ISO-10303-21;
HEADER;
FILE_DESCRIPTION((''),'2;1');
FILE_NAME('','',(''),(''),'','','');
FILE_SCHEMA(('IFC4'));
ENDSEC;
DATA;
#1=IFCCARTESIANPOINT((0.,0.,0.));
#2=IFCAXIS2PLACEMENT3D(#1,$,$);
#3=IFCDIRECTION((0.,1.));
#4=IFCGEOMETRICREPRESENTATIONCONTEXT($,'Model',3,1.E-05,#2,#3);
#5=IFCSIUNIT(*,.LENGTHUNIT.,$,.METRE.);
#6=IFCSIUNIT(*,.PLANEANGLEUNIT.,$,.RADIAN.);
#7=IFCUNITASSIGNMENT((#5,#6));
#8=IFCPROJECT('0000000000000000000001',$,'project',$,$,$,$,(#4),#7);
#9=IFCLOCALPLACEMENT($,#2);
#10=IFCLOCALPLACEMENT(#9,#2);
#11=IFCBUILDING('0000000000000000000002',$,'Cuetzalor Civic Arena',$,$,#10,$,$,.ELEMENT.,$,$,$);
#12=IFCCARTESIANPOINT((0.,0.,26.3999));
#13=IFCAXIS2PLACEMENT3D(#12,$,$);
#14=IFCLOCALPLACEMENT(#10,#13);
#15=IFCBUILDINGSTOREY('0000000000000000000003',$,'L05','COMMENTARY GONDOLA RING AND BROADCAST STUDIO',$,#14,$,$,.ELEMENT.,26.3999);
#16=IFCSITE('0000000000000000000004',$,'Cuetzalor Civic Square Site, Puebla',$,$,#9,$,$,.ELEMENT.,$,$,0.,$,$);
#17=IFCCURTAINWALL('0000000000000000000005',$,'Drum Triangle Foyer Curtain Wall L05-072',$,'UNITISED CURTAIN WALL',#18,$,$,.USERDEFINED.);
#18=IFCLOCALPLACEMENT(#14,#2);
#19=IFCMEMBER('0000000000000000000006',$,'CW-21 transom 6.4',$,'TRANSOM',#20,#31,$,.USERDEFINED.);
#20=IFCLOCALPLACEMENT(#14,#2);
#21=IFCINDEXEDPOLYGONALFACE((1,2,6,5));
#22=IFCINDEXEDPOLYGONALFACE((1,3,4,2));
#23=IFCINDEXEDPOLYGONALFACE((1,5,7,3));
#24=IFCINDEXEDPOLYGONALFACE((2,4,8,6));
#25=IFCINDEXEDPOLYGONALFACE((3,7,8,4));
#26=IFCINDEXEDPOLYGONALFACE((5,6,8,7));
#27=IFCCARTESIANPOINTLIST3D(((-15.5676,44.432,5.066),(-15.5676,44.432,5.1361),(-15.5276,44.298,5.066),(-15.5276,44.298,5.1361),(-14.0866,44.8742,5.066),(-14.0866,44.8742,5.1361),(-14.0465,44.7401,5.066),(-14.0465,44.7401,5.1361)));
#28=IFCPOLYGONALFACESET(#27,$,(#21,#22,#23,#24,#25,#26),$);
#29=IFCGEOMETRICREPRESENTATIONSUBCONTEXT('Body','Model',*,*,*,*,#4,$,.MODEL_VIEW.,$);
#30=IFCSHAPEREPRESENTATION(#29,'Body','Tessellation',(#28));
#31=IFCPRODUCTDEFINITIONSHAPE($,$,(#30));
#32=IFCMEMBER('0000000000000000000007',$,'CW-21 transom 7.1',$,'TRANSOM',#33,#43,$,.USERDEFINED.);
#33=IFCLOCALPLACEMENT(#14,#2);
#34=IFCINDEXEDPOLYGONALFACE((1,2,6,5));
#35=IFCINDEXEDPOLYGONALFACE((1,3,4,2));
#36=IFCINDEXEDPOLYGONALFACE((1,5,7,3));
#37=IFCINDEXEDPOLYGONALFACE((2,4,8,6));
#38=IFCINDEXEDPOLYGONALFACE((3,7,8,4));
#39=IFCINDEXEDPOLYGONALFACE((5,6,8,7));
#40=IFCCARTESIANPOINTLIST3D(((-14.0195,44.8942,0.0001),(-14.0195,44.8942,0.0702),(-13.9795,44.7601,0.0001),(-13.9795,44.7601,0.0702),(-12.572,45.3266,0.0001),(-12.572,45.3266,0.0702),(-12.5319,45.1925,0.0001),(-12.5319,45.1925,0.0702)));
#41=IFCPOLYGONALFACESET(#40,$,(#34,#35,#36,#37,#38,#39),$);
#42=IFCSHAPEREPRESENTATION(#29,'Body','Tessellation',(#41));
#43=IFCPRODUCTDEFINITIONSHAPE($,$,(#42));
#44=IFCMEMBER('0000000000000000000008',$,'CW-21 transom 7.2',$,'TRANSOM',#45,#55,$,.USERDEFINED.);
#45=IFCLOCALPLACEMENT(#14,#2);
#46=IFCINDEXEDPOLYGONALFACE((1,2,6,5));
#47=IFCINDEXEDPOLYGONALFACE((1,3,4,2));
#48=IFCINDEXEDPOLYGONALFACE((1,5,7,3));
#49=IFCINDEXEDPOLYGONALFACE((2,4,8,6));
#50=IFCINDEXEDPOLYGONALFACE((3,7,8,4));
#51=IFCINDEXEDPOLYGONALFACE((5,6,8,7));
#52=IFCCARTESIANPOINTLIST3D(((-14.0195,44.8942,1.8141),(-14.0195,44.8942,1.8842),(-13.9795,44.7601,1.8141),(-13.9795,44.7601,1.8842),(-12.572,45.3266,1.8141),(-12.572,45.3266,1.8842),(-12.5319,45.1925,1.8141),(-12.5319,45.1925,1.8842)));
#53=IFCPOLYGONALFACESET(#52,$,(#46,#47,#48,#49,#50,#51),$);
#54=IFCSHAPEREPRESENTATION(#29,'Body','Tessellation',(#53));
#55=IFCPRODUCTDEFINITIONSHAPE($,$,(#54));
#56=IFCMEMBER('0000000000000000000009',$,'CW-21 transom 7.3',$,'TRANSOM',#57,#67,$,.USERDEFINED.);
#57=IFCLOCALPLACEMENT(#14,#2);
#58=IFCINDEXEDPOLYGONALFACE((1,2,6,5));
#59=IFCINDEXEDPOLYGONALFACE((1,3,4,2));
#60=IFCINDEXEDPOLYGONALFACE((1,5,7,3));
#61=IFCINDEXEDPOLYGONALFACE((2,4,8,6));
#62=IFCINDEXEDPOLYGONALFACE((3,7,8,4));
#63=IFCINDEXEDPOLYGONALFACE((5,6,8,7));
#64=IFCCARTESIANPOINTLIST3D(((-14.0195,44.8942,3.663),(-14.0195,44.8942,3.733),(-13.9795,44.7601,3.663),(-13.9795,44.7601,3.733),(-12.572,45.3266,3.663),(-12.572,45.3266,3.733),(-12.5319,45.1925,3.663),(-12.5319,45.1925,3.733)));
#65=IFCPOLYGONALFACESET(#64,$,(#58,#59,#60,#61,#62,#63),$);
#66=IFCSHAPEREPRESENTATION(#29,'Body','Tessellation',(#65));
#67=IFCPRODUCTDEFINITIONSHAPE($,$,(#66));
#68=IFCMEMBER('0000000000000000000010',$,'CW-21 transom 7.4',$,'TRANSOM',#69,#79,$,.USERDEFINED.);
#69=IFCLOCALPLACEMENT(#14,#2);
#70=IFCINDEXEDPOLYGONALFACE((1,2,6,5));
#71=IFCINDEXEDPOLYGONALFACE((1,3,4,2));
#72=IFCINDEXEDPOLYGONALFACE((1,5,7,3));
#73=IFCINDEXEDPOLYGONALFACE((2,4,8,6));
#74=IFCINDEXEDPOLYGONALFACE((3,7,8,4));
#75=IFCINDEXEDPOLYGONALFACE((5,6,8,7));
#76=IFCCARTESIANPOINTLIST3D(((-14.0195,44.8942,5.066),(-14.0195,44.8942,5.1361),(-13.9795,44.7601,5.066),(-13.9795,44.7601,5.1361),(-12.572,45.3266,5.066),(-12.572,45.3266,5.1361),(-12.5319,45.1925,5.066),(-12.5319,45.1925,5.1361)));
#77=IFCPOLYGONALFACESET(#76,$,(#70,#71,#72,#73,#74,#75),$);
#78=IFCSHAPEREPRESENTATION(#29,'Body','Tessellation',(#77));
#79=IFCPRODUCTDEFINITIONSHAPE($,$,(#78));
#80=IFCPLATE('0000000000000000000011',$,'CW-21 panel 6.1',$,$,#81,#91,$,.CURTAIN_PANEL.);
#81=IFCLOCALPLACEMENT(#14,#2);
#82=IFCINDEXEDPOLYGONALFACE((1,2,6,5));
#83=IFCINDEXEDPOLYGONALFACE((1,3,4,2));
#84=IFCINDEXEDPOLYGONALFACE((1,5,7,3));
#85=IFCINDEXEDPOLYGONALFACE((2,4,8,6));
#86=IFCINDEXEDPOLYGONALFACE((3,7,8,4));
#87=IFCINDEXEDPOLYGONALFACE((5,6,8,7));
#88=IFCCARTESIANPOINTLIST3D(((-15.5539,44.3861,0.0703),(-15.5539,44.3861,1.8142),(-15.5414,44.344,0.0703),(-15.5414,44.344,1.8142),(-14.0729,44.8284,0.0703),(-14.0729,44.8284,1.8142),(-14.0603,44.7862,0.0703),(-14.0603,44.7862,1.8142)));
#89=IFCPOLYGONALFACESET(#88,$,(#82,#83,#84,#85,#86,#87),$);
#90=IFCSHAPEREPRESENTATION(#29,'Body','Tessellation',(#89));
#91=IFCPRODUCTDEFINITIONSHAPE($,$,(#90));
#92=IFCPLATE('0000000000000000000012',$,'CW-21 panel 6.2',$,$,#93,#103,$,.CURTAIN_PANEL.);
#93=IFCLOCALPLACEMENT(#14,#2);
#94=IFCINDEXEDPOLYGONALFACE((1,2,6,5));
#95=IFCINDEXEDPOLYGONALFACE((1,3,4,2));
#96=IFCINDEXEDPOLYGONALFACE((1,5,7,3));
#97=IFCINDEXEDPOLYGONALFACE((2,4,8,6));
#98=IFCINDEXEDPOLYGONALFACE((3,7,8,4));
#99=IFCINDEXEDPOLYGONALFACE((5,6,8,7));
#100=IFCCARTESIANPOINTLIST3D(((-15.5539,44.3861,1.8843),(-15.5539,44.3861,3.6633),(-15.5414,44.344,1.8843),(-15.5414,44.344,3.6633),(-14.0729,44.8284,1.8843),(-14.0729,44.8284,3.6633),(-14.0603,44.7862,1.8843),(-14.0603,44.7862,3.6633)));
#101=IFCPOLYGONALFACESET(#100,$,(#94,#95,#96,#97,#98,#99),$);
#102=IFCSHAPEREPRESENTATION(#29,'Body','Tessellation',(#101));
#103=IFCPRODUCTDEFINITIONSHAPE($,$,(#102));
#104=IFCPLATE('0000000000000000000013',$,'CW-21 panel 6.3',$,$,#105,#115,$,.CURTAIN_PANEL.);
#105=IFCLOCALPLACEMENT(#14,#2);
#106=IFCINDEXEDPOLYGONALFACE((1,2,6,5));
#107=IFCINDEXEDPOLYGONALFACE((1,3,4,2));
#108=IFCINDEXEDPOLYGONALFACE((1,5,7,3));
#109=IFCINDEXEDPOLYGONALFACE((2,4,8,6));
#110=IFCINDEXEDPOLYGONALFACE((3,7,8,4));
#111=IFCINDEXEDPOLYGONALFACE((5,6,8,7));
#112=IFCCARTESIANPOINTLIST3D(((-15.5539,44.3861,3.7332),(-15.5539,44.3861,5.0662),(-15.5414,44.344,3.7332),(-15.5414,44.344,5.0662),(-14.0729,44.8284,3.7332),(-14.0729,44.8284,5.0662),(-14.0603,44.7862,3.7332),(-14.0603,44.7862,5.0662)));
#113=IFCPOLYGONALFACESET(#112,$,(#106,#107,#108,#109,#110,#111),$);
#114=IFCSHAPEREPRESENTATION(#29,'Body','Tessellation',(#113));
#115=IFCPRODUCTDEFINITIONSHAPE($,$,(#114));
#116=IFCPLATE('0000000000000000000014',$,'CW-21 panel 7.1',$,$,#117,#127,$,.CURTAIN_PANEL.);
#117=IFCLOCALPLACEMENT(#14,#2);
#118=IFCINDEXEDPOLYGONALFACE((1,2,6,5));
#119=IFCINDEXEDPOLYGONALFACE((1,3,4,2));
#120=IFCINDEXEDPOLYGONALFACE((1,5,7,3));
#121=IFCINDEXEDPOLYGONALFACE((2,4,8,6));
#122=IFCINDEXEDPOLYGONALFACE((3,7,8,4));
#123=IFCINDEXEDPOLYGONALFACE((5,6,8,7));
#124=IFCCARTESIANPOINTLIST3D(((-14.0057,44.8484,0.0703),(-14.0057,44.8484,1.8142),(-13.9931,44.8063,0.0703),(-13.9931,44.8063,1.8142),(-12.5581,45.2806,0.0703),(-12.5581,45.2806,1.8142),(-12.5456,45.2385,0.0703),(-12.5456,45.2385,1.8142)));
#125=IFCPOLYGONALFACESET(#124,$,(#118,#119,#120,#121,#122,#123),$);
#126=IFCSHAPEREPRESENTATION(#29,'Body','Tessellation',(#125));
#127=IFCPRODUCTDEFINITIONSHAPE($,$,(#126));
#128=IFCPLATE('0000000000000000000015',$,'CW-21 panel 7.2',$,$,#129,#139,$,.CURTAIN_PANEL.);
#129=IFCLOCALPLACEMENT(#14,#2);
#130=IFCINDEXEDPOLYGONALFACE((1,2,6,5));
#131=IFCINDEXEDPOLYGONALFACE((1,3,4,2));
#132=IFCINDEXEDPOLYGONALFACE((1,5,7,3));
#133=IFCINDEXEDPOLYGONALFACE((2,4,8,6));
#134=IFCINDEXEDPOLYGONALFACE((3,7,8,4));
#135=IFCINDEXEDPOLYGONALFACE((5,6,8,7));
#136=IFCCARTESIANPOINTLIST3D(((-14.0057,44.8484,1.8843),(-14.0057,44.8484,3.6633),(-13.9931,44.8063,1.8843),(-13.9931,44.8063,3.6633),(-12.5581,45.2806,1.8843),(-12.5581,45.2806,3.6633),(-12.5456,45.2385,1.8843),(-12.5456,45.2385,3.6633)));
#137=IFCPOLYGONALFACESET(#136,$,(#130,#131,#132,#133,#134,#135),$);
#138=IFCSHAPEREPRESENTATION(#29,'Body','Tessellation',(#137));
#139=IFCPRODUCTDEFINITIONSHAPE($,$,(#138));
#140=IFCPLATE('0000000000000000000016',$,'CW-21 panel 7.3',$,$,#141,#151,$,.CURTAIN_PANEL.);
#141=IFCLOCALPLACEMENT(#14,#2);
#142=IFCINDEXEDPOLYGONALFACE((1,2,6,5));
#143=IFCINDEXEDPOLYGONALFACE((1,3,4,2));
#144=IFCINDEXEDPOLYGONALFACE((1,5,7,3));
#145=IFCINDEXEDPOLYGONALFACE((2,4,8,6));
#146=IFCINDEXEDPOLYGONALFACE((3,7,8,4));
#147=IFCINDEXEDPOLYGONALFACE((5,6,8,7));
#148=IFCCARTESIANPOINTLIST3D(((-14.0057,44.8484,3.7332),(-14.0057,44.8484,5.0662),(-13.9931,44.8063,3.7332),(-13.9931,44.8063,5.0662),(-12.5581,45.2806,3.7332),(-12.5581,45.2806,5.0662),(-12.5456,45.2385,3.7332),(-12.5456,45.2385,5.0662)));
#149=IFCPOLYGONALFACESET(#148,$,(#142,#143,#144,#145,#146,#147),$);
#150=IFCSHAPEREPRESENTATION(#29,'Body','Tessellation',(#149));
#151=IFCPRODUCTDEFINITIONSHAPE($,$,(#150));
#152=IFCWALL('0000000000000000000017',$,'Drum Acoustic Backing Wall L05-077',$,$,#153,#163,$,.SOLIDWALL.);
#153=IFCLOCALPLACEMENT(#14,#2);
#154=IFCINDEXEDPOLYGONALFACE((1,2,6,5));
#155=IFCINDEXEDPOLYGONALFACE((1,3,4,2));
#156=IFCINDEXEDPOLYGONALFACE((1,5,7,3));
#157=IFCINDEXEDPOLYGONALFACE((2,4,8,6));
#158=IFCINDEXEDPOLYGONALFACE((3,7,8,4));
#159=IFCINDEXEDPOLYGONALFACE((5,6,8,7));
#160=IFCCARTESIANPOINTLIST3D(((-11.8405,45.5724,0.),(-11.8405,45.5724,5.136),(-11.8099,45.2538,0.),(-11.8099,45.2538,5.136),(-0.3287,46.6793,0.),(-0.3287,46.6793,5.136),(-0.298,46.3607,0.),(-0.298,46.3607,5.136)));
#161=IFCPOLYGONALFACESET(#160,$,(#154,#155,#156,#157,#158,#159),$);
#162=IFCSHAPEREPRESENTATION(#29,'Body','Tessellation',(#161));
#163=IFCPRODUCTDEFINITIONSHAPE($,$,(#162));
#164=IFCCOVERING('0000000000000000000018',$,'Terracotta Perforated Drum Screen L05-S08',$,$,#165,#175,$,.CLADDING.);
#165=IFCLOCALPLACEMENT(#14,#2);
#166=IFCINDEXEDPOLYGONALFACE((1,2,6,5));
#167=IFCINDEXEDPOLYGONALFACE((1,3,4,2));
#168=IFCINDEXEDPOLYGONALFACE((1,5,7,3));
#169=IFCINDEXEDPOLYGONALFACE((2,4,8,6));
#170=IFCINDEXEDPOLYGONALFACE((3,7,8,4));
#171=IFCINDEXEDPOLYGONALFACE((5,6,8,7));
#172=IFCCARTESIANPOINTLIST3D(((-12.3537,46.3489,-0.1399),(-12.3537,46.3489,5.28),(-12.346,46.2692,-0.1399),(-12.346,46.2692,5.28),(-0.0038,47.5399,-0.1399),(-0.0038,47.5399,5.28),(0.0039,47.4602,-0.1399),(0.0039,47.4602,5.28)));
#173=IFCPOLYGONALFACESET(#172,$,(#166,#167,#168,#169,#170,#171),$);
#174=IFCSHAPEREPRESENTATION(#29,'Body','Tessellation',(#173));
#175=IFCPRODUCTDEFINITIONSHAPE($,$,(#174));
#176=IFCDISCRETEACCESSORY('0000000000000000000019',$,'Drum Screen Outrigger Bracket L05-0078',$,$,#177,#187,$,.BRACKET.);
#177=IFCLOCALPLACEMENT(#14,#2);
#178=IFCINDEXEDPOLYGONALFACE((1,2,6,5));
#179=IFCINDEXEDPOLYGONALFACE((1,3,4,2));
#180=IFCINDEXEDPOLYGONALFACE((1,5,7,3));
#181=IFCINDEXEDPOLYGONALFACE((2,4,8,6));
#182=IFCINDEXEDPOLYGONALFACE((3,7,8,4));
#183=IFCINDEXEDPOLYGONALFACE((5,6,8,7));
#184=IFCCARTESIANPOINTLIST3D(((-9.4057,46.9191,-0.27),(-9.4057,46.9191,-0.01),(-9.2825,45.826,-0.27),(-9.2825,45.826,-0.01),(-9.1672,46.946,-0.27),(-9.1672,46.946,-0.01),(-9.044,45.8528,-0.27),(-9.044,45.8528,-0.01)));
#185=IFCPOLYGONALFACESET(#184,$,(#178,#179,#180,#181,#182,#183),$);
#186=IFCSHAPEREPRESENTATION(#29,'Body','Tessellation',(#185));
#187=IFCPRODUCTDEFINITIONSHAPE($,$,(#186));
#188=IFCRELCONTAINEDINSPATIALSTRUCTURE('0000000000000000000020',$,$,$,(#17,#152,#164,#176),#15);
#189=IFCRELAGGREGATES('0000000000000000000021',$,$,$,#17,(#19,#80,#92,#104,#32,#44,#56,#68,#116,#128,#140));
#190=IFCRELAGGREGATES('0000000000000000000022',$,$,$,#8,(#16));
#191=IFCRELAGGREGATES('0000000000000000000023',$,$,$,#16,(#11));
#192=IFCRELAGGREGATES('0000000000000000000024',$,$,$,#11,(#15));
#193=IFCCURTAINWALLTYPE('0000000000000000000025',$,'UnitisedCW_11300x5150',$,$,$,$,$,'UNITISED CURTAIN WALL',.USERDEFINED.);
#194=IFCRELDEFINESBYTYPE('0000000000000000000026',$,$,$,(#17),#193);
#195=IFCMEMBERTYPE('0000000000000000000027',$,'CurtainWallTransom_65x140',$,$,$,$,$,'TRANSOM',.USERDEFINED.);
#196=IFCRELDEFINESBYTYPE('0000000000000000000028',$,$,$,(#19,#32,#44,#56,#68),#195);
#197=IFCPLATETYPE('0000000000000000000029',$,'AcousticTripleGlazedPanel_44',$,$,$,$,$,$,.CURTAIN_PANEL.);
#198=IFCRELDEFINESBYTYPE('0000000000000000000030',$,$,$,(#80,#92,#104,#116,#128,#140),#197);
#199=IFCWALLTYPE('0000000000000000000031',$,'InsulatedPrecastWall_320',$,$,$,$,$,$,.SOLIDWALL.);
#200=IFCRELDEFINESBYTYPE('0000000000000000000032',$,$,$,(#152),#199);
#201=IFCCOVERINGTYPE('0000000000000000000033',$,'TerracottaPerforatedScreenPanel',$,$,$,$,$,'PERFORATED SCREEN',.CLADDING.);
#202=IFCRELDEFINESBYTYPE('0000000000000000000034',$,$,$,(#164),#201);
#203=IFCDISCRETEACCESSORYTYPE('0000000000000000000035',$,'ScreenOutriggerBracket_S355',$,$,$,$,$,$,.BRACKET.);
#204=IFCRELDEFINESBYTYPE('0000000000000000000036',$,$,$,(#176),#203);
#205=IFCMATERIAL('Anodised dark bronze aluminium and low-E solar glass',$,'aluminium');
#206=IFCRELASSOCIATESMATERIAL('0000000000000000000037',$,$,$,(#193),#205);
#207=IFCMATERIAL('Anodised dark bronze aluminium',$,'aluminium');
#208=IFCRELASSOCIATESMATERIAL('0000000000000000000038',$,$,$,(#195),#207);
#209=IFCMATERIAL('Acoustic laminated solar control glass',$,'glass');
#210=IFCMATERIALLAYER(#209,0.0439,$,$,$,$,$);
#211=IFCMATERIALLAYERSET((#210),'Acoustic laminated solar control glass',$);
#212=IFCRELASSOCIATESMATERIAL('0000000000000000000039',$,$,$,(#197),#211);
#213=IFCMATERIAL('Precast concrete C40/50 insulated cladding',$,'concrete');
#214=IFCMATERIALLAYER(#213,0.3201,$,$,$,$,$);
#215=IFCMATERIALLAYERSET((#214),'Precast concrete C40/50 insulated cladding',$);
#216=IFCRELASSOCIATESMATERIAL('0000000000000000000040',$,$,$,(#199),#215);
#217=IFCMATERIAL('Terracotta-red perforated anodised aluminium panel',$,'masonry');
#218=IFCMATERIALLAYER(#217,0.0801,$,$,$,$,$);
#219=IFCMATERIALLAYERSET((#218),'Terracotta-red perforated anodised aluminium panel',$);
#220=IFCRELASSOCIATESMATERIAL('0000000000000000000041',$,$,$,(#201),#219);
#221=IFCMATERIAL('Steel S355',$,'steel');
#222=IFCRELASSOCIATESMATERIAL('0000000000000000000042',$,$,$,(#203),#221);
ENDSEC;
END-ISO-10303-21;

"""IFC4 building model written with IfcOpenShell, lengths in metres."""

from ifc_helpers import new_model, si_unit, direction, frame, frame_2d, origin, origin_2d, place, context, subcontext, project, spatial, rectangle, extrude, material, layer, layer_set, material_profile, profile_set, type_object, element, aggregate, save


model = new_model("IFC4")

# Units and contexts
model_context = context("Model", 3, precision=1e-05, world=origin(), true_north=direction((0.0, 1.0)))
body_context = subcontext(model_context, "Body", "Model", "MODEL_VIEW")
ifc_project = project(units=[si_unit("LENGTHUNIT", "METRE"), si_unit("PLANEANGLEUNIT", "RADIAN")], contexts=[model_context])

# Site, building, storey
site_placement = place(None, origin())
site = spatial("IfcSite", under=ifc_project, at=site_placement, Name="Cuetzalor Civic Square Site, Puebla", CompositionType="ELEMENT", RefElevation=0.0)
building_placement = place(site_placement, origin())
building = spatial("IfcBuilding", under=site, at=building_placement, Name="Cuetzalor Civic Arena", CompositionType="ELEMENT")
storey_placement = place(building_placement, frame((0.0, 0.0, 26.3999)))
storey = spatial("IfcBuildingStorey", under=building, at=storey_placement, Name="L05", Description="COMMENTARY GONDOLA RING AND BROADCAST STUDIO", CompositionType="ELEMENT", Elevation=26.3999)

# Curtain wall, members, plates
ifc_material_1 = material(Name="Anodised dark bronze aluminium and low-E solar glass", Category="aluminium")
curtain_wall_type = type_object("IfcCurtainWallType", Name="UnitisedCW_11300x5150", ElementType="UNITISED CURTAIN WALL", PredefinedType="USERDEFINED", material=ifc_material_1)
curtain_wall_placement = place(storey_placement, origin())
curtain_wall = element("IfcCurtainWall", 1, at=curtain_wall_placement, inside=storey, type_object=curtain_wall_type, Name="Drum Triangle Foyer Curtain Wall L05-072", ObjectType="UNITISED CURTAIN WALL", PredefinedType="USERDEFINED")
ifc_material_2 = material(Name="Anodised dark bronze aluminium", Category="aluminium")
ifc_material_profile_1 = material_profile(ifc_material_2, rectangle(XDim=0.1399, YDim=0.0701, at=origin_2d()), Name="ALU TRANSOM 70x140")
ifc_profile_set_1 = profile_set([ifc_material_profile_1], Name="Anodised dark bronze aluminium")
member_type_1 = type_object("IfcMemberType", Name="CurtainWallTransom_65x140", ElementType="TRANSOM", PredefinedType="USERDEFINED", material=ifc_profile_set_1)
member_1_placement = place(storey_placement, frame((-15.5476, 44.365, 5.1011), z_axis=(0.958208, 0.286072, 0.0), x_axis=(-0.286072, 0.958208, 0.0)))
member_1 = element("IfcMember", 2, at=member_1_placement, type_object=member_type_1, Name="CW-21 transom 6.4", ObjectType="TRANSOM", PredefinedType="USERDEFINED", context=body_context, shape_type="SweptSolid", body=[
    extrude(rectangle(XDim=0.1399, YDim=0.0701, at=origin_2d()), origin(), (0.0, 0.0, 1.0), 1.5457),
])
member_2_placement = place(storey_placement, frame((-13.9995, 44.8271, 0.0352), z_axis=(0.958168, 0.286206, 0.0), x_axis=(-0.286206, 0.958168, 0.0)))
member_2 = element("IfcMember", 3, at=member_2_placement, type_object=member_type_1, Name="CW-21 transom 7.1", ObjectType="TRANSOM", PredefinedType="USERDEFINED", context=body_context, shape_type="SweptSolid", body=[
    extrude(rectangle(XDim=0.1399, YDim=0.0701, at=origin_2d()), origin(), (0.0, 0.0, 1.0), 1.5107),
])
member_3_placement = place(storey_placement, frame((-13.9995, 44.8271, 1.8491), z_axis=(0.958168, 0.286206, 0.0), x_axis=(-0.286206, 0.958168, 0.0)))
member_3 = element("IfcMember", 4, at=member_3_placement, type_object=member_type_1, Name="CW-21 transom 7.2", ObjectType="TRANSOM", PredefinedType="USERDEFINED", context=body_context, shape_type="SweptSolid", body=[
    extrude(rectangle(XDim=0.1399, YDim=0.0701, at=origin_2d()), origin(), (0.0, 0.0, 1.0), 1.5107),
])
member_4_placement = place(storey_placement, frame((-13.9995, 44.8271, 3.698), z_axis=(0.958168, 0.286206, 0.0), x_axis=(-0.286206, 0.958168, 0.0)))
member_4 = element("IfcMember", 5, at=member_4_placement, type_object=member_type_1, Name="CW-21 transom 7.3", ObjectType="TRANSOM", PredefinedType="USERDEFINED", context=body_context, shape_type="SweptSolid", body=[
    extrude(rectangle(XDim=0.1399, YDim=0.0701, at=origin_2d()), origin(), (0.0, 0.0, 1.0), 1.5107),
])
member_5_placement = place(storey_placement, frame((-13.9995, 44.8271, 5.1011), z_axis=(0.958168, 0.286206, 0.0), x_axis=(-0.286206, 0.958168, 0.0)))
member_5 = element("IfcMember", 6, at=member_5_placement, type_object=member_type_1, Name="CW-21 transom 7.4", ObjectType="TRANSOM", PredefinedType="USERDEFINED", context=body_context, shape_type="SweptSolid", body=[
    extrude(rectangle(XDim=0.1399, YDim=0.0701, at=origin_2d()), origin(), (0.0, 0.0, 1.0), 1.5107),
])
ifc_material_3 = material(Name="Acoustic laminated solar control glass", Category="glass")
ifc_layer_1 = layer(ifc_material_3, 0.0439)
ifc_layer_set_1 = layer_set([ifc_layer_1], Name="Acoustic laminated solar control glass")
plate_type = type_object("IfcPlateType", Name="AcousticTripleGlazedPanel_44", PredefinedType="CURTAIN_PANEL", material=ifc_layer_set_1)
plate_1_placement = place(storey_placement, frame((-14.8071, 44.5862, 0.0703), z_axis=(0.0, 0.0, 1.0), x_axis=(0.958194, 0.28612, 0.0)))
plate_1 = element("IfcPlate", 7, at=plate_1_placement, type_object=plate_type, Name="CW-21 panel 6.1", PredefinedType="CURTAIN_PANEL", context=body_context, shape_type="SweptSolid", body=[
    extrude(rectangle(XDim=1.5457, YDim=0.0439, at=origin_2d()), origin(), (0.0, 0.0, 1.0), 1.7439),
])
plate_2_placement = place(storey_placement, frame((-14.8071, 44.5862, 1.8843), z_axis=(0.0, 0.0, 1.0), x_axis=(0.958194, 0.28612, 0.0)))
plate_2 = element("IfcPlate", 8, at=plate_2_placement, type_object=plate_type, Name="CW-21 panel 6.2", PredefinedType="CURTAIN_PANEL", context=body_context, shape_type="SweptSolid", body=[
    extrude(rectangle(XDim=1.5457, YDim=0.0439, at=origin_2d()), origin(), (0.0, 0.0, 1.0), 1.7791),
])
plate_3_placement = place(storey_placement, frame((-14.8071, 44.5862, 3.7332), z_axis=(0.0, 0.0, 1.0), x_axis=(0.958194, 0.28612, 0.0)))
plate_3 = element("IfcPlate", 9, at=plate_3_placement, type_object=plate_type, Name="CW-21 panel 6.3", PredefinedType="CURTAIN_PANEL", context=body_context, shape_type="SweptSolid", body=[
    extrude(rectangle(XDim=1.5457, YDim=0.0439, at=origin_2d()), origin(), (0.0, 0.0, 1.0), 1.333),
])
plate_4_placement = place(storey_placement, frame((-13.2756, 45.0435, 0.0703), z_axis=(0.0, 0.0, 1.0), x_axis=(0.958194, 0.28612, 0.0)))
plate_4 = element("IfcPlate", 10, at=plate_4_placement, type_object=plate_type, Name="CW-21 panel 7.1", PredefinedType="CURTAIN_PANEL", context=body_context, shape_type="SweptSolid", body=[
    extrude(rectangle(XDim=1.5107, YDim=0.0439, at=origin_2d()), origin(), (0.0, 0.0, 1.0), 1.7439),
])
plate_5_placement = place(storey_placement, frame((-13.2756, 45.0435, 1.8843), z_axis=(0.0, 0.0, 1.0), x_axis=(0.958194, 0.28612, 0.0)))
plate_5 = element("IfcPlate", 11, at=plate_5_placement, type_object=plate_type, Name="CW-21 panel 7.2", PredefinedType="CURTAIN_PANEL", context=body_context, shape_type="SweptSolid", body=[
    extrude(rectangle(XDim=1.5107, YDim=0.0439, at=origin_2d()), origin(), (0.0, 0.0, 1.0), 1.7791),
])
plate_6_placement = place(storey_placement, frame((-13.2756, 45.0435, 3.7332), z_axis=(0.0, 0.0, 1.0), x_axis=(0.958194, 0.28612, 0.0)))
plate_6 = element("IfcPlate", 12, at=plate_6_placement, type_object=plate_type, Name="CW-21 panel 7.3", PredefinedType="CURTAIN_PANEL", context=body_context, shape_type="SweptSolid", body=[
    extrude(rectangle(XDim=1.5107, YDim=0.0439, at=origin_2d()), origin(), (0.0, 0.0, 1.0), 1.333),
])
aggregate(curtain_wall, [member_1, plate_1, plate_2, plate_3, member_2, member_3, member_4, member_5, plate_4, plate_5, plate_6])

# Wall
ifc_material_4 = material(Name="Precast concrete C40/50 insulated cladding", Category="concrete")
ifc_layer_2 = layer(ifc_material_4, 0.3201)
ifc_layer_set_2 = layer_set([ifc_layer_2], Name="Precast concrete C40/50 insulated cladding")
wall_type = type_object("IfcWallType", Name="InsulatedPrecastWall_320", PredefinedType="SOLIDWALL", material=ifc_layer_set_2)
wall_placement = place(storey_placement, frame((-11.8252, 45.4131, 0.0), z_axis=(0.0, 0.0, 1.0), x_axis=(0.995409, 0.095714, 0.0)))
element("IfcWall", 13, at=wall_placement, inside=storey, type_object=wall_type, Name="Drum Acoustic Backing Wall L05-077", PredefinedType="SOLIDWALL", context=body_context, shape_type="SweptSolid", body=[
    extrude(rectangle(XDim=11.5649, YDim=0.3201, at=frame_2d((5.7825, 0.0))), origin(), (0.0, 0.0, 1.0), 5.136),
])

# Covering
ifc_material_5 = material(Name="Terracotta-red perforated anodised aluminium panel", Category="masonry")
ifc_layer_3 = layer(ifc_material_5, 0.0801)
ifc_layer_set_3 = layer_set([ifc_layer_3], Name="Terracotta-red perforated anodised aluminium panel")
covering_type = type_object("IfcCoveringType", Name="TerracottaPerforatedScreenPanel", ElementType="PERFORATED SCREEN", PredefinedType="CLADDING", material=ifc_layer_set_3)
covering_placement = place(storey_placement, frame((-12.3499, 46.3091, -0.1399), z_axis=(0.0, 0.0, 1.0), x_axis=(0.995383, 0.095986, 0.0)))
element("IfcCovering", 14, at=covering_placement, inside=storey, type_object=covering_type, Name="Terracotta Perforated Drum Screen L05-S08", PredefinedType="CLADDING", context=body_context, shape_type="SweptSolid", body=[
    extrude(rectangle(XDim=12.4072, YDim=0.0801, at=frame_2d((6.2036, 0.0))), origin(), (0.0, 0.0, 1.0), 5.4199),
])

# Discrete accessory
ifc_material_6 = material(Name="Steel S355", Category="steel")
discrete_accessory_type = type_object("IfcDiscreteAccessoryType", Name="ScreenOutriggerBracket_S355", PredefinedType="BRACKET", material=ifc_material_6)
for number, where, z_axis, x_axis, name in (
    (15, (-9.2249, 46.386, -0.27), (0.0, 0.0, 1.0), (-0.111989, 0.993709, 0.0), "Drum Screen Outrigger Bracket L05-0078"),
):
    element("IfcDiscreteAccessory", number, at=place(storey_placement, frame(where, z_axis=z_axis, x_axis=x_axis)), inside=storey, type_object=discrete_accessory_type, Name=name, PredefinedType="BRACKET", context=body_context, shape_type="SweptSolid", body=[
        extrude(rectangle(XDim=1.1001, YDim=0.24, at=origin_2d()), origin(), (0.0, 0.0, 1.0), 0.26),
    ])

save(model, "model.ifc")
